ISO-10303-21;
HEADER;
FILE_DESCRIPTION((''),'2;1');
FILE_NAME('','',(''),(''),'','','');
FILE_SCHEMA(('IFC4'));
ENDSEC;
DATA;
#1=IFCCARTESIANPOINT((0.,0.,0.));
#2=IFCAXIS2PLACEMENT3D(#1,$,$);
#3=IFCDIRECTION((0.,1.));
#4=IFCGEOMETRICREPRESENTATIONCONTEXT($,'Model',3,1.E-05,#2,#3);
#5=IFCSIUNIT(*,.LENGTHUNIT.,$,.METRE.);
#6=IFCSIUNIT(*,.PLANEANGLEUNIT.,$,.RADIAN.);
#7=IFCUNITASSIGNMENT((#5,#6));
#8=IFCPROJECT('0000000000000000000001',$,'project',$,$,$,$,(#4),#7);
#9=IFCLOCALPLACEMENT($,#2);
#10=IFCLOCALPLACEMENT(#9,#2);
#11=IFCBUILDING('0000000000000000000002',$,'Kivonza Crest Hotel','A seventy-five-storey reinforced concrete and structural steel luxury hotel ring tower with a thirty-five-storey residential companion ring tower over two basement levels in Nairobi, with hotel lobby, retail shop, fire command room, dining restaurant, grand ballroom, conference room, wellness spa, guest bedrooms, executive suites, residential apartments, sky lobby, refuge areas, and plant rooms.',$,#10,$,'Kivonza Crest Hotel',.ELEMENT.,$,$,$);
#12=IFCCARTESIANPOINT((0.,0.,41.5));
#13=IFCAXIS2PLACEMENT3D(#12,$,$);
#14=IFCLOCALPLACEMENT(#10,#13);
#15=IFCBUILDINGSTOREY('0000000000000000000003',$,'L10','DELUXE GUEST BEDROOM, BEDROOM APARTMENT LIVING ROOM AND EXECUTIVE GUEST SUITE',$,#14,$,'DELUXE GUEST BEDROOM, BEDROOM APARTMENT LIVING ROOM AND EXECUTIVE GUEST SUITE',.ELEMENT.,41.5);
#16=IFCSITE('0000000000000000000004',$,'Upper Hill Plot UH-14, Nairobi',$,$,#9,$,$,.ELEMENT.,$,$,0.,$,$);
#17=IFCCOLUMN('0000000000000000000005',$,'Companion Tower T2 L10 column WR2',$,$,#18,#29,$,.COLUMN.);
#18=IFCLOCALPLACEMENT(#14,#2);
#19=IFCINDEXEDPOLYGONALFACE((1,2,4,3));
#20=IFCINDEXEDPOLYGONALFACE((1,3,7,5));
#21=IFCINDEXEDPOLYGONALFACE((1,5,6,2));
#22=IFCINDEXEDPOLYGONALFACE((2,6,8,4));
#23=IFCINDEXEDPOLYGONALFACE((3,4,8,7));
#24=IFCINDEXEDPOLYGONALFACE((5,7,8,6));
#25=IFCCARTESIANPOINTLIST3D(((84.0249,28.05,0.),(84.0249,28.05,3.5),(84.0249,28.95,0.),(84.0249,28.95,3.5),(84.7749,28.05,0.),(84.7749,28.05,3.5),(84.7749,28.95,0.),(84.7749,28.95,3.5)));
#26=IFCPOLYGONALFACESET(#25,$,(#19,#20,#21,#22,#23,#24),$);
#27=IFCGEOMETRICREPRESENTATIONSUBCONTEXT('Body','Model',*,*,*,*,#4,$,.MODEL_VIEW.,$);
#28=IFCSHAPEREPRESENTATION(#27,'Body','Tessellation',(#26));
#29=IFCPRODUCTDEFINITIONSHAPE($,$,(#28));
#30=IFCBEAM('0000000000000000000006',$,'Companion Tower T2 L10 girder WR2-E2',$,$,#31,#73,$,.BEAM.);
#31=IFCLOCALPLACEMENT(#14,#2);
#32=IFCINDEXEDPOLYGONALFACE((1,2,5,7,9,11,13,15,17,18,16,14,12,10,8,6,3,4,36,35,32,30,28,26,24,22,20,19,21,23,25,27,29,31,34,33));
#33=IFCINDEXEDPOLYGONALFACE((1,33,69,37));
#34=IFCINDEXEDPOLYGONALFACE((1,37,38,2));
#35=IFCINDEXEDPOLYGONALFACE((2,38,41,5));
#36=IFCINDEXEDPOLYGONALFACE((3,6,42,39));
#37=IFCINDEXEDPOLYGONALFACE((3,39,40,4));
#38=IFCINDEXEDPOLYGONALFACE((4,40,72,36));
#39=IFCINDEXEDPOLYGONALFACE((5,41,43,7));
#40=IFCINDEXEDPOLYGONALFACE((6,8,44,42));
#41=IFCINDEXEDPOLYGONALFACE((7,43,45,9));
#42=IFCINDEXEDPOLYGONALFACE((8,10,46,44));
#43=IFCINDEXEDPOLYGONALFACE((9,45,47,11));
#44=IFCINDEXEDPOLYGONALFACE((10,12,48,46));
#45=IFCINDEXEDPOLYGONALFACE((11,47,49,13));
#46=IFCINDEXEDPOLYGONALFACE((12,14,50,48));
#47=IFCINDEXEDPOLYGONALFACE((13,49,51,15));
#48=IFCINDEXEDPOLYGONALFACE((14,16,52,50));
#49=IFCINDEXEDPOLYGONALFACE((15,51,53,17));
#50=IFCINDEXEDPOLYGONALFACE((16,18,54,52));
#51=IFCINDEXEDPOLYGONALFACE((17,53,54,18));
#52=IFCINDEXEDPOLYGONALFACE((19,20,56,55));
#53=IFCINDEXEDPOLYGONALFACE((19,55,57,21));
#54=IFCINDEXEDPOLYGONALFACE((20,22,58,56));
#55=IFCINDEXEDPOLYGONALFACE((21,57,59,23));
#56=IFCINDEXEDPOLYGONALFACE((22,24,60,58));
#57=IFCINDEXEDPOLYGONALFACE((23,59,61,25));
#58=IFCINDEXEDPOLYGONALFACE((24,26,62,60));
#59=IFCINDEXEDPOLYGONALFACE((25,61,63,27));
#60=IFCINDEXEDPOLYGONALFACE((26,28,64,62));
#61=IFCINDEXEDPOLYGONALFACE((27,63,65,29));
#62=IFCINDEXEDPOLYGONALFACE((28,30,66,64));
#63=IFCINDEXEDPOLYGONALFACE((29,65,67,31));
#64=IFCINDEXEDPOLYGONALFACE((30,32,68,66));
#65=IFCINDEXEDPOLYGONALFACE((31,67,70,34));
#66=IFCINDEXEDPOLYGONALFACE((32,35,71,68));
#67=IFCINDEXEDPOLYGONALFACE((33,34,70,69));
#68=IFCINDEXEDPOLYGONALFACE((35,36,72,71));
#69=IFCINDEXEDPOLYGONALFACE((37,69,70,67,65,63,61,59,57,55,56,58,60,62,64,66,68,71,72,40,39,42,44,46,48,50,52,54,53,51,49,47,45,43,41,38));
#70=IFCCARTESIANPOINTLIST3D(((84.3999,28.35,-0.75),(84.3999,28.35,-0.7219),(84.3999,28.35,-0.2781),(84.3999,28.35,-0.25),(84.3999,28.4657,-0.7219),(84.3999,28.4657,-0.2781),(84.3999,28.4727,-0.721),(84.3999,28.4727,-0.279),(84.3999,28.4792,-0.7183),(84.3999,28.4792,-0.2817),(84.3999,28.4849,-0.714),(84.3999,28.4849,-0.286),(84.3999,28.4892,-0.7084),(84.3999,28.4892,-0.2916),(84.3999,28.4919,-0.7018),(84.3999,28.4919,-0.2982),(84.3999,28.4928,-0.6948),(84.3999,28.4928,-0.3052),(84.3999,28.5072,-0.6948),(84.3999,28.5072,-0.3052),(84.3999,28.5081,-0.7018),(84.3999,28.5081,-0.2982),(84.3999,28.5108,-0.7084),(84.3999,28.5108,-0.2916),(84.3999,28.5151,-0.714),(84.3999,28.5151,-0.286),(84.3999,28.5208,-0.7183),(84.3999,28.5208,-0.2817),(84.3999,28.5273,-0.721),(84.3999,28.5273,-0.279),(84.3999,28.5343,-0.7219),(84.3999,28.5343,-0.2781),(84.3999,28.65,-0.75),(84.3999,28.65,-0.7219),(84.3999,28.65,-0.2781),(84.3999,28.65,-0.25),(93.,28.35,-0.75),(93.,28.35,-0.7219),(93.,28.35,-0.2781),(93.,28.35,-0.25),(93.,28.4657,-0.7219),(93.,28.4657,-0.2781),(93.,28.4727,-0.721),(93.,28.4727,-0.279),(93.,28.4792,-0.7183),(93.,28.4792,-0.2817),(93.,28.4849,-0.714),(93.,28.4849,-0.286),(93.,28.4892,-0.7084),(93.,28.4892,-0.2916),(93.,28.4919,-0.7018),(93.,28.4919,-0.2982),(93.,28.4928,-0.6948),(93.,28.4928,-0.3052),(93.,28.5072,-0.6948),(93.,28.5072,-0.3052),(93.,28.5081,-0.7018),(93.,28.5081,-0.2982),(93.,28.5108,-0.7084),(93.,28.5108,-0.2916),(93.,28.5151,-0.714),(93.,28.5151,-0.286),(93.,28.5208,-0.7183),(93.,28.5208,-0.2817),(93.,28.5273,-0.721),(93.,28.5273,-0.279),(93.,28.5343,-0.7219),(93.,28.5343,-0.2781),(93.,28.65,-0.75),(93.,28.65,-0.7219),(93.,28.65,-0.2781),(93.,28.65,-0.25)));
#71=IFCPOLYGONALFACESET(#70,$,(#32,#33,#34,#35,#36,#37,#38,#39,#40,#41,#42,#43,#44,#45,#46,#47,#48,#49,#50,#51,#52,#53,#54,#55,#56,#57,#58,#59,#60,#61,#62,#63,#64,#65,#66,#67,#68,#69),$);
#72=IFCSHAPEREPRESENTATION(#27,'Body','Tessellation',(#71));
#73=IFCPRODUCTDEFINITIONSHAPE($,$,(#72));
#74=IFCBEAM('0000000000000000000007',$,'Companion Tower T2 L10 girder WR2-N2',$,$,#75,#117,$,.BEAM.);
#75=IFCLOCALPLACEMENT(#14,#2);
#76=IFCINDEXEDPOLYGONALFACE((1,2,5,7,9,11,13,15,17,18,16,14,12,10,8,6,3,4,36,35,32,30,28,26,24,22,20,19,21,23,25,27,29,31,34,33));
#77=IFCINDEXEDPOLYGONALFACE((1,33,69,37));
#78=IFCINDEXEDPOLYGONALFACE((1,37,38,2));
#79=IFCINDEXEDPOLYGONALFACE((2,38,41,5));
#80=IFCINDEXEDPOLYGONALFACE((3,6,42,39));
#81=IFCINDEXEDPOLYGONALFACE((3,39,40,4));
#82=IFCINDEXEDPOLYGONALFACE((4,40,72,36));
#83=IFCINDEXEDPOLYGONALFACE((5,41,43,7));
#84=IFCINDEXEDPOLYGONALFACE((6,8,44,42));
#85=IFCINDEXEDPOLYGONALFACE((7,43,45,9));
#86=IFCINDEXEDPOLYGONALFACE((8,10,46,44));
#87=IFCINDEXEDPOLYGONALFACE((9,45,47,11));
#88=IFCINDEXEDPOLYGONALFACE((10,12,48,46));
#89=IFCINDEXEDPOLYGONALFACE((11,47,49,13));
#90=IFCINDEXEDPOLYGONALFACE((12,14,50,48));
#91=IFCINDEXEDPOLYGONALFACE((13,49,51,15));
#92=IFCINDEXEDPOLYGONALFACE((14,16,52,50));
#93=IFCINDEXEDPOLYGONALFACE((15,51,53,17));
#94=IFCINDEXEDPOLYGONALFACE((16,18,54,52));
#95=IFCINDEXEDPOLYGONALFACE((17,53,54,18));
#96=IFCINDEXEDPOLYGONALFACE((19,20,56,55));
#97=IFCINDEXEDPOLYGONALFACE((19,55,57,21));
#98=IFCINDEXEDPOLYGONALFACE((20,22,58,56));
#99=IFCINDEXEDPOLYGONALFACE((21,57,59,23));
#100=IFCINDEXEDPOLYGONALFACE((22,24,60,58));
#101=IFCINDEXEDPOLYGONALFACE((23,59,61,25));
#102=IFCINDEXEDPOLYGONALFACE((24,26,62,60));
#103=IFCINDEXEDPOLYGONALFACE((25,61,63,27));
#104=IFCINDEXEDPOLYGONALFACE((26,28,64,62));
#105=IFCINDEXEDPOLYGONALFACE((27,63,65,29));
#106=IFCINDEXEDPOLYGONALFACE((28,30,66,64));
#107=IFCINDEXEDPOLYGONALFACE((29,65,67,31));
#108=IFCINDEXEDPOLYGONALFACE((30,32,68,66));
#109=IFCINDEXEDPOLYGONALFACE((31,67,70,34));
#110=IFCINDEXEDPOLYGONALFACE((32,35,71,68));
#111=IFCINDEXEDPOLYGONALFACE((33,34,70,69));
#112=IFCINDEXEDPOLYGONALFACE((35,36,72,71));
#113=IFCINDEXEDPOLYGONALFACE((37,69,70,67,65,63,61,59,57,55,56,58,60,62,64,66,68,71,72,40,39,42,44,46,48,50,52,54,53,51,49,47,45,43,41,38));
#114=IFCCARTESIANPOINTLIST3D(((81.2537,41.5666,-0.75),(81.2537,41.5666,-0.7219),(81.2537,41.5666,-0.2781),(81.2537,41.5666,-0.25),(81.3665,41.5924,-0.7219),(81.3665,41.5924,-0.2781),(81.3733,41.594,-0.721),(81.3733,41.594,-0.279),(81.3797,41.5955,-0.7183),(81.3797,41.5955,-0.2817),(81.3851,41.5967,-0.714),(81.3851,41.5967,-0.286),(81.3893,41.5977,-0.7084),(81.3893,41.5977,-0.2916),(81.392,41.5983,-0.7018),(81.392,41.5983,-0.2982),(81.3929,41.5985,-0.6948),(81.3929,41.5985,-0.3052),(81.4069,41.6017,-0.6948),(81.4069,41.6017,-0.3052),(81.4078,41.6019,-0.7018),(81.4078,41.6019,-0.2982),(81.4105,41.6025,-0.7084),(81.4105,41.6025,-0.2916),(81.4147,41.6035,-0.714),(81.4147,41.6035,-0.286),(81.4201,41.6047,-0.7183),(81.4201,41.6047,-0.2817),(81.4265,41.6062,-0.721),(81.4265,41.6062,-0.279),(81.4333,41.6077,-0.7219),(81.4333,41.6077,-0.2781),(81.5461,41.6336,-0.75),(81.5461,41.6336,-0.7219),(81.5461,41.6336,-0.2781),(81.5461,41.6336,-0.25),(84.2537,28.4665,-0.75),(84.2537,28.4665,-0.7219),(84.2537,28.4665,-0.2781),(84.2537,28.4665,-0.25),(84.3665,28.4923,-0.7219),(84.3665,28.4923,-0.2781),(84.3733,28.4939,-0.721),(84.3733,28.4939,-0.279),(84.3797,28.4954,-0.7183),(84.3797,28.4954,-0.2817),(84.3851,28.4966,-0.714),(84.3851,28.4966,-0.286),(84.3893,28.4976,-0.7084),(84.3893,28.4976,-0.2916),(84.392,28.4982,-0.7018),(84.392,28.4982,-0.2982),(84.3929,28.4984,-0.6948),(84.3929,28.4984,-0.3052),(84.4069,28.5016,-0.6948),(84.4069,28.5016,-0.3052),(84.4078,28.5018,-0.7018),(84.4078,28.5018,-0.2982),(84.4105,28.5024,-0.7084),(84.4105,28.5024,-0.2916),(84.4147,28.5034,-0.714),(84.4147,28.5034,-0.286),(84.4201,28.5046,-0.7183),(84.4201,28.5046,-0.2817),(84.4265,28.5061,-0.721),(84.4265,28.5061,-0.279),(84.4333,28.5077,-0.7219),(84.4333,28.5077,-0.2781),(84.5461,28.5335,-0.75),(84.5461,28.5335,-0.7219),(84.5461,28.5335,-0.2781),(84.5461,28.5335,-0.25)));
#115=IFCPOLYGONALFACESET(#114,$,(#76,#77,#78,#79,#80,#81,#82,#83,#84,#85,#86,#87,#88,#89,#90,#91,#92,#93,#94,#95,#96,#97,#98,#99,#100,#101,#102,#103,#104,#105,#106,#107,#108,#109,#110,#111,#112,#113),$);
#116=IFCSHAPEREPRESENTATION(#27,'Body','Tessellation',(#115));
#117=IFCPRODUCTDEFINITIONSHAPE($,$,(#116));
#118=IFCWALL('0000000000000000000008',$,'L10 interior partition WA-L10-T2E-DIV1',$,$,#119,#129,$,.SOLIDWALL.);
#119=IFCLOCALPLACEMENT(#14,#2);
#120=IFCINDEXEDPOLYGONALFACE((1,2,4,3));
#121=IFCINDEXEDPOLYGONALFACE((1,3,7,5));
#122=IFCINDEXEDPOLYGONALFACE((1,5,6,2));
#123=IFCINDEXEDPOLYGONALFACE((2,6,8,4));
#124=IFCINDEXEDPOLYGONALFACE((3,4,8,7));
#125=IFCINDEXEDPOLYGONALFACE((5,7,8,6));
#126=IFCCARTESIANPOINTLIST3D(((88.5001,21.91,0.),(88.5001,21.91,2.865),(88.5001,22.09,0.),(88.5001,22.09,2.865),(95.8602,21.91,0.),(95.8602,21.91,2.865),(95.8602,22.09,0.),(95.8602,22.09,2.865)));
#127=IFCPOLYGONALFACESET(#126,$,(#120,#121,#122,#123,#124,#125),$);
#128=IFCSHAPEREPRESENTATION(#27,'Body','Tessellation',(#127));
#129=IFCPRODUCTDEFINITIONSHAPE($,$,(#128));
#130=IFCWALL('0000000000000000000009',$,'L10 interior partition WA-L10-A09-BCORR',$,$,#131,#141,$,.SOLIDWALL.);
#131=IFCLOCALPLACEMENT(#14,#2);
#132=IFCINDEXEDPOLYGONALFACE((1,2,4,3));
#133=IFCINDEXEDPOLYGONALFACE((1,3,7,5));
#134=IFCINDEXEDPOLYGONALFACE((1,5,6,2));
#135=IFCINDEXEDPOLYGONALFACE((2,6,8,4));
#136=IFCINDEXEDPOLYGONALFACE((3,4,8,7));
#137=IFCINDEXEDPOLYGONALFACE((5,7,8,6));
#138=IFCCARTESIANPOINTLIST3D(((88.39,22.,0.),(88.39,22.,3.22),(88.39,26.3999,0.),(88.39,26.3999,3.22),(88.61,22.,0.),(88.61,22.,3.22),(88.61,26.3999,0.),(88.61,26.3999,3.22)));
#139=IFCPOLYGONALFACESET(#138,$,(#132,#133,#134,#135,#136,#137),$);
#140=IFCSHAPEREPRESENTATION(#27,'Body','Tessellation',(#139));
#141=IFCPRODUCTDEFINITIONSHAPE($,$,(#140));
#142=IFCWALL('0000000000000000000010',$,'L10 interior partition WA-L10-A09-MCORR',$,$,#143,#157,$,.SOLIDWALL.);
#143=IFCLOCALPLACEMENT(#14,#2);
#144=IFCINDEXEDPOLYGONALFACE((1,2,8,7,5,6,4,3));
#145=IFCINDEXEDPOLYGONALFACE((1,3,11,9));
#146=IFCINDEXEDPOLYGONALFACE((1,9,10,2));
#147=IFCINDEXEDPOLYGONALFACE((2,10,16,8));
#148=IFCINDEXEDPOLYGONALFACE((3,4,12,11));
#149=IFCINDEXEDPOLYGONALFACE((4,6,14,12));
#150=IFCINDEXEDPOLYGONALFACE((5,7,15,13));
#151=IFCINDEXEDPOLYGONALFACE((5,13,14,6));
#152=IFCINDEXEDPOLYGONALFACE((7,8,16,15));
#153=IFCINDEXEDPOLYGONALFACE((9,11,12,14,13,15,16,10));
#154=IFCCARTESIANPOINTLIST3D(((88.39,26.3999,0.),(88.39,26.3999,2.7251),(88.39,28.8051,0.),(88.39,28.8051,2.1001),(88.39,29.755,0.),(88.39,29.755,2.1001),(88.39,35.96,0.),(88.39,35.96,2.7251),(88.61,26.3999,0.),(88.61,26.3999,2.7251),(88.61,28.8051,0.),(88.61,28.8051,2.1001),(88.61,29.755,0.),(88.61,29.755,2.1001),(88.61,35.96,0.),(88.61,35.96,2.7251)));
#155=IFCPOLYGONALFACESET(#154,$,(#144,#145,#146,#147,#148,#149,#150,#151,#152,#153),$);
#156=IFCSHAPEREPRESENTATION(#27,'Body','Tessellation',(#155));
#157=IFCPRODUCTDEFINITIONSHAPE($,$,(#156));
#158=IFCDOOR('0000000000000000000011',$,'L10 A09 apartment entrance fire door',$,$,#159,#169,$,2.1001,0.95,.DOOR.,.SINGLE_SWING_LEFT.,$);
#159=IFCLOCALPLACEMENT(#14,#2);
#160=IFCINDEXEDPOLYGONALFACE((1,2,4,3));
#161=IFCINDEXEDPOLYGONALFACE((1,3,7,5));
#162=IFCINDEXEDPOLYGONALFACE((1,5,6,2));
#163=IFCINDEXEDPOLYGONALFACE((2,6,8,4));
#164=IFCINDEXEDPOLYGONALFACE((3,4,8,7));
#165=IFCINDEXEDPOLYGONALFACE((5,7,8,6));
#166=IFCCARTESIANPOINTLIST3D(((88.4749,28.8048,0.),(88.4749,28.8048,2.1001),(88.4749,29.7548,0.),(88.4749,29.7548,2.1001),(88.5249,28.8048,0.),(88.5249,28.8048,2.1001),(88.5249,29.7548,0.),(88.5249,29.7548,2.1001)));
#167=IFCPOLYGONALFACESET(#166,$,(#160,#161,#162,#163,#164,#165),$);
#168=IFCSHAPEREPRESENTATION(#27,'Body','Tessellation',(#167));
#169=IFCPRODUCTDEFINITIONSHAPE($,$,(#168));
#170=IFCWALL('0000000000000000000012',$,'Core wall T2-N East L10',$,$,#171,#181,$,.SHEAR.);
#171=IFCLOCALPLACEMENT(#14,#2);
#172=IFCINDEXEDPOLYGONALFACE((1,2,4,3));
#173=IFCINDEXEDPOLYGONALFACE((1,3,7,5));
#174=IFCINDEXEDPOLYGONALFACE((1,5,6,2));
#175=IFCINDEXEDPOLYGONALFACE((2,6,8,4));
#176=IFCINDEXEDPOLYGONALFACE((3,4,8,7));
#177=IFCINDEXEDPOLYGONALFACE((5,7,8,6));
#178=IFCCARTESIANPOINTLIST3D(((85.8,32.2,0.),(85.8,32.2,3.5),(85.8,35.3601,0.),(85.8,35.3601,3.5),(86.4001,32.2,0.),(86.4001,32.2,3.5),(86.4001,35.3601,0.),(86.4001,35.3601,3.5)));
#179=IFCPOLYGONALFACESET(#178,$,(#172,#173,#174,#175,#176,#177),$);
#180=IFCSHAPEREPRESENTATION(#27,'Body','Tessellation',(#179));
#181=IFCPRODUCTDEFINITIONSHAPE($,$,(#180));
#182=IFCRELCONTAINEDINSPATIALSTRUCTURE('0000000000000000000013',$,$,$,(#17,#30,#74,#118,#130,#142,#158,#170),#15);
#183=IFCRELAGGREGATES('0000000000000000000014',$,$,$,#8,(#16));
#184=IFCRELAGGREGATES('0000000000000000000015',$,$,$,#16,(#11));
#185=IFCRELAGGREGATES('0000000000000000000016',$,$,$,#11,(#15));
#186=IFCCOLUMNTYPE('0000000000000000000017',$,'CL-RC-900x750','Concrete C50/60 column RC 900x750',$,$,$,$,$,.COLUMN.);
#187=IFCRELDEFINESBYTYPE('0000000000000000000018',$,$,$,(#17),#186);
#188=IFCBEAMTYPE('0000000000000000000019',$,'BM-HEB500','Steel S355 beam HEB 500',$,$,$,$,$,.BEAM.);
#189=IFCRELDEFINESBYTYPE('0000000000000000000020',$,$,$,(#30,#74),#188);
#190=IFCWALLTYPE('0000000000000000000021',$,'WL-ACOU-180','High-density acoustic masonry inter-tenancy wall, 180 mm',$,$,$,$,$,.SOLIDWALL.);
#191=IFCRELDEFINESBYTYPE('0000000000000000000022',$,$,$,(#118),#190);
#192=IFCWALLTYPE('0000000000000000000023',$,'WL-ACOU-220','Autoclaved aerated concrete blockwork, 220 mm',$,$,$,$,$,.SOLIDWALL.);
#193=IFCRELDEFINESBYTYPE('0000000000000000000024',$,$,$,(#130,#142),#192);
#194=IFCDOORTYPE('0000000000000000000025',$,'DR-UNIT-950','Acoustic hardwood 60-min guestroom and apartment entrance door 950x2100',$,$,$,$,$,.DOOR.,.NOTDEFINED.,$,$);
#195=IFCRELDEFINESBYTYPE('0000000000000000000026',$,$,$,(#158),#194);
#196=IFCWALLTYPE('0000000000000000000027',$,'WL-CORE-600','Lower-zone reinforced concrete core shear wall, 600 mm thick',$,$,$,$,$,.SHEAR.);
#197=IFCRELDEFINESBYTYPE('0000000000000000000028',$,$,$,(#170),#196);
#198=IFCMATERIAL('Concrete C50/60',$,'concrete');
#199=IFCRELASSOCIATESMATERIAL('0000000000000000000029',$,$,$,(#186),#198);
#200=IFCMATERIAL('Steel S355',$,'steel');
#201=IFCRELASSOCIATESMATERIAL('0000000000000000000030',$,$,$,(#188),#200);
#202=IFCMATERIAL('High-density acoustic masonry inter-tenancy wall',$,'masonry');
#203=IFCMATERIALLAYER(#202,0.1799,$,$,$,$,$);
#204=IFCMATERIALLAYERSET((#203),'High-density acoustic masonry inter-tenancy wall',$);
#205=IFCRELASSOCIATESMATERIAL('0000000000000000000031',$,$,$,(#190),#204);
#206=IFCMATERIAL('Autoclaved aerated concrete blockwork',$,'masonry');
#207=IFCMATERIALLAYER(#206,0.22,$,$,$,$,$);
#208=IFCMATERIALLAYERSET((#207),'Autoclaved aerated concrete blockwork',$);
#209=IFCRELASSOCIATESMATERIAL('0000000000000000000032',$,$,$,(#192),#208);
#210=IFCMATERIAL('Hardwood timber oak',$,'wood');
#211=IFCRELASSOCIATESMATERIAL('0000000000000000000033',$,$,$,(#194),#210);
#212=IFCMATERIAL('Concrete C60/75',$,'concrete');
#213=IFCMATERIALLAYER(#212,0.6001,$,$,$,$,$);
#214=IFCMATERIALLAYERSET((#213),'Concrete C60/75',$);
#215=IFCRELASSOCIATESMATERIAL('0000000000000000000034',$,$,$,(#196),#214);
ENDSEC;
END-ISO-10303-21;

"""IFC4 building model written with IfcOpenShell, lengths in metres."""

from ifc_helpers import new_model, si_unit, direction, frame, frame_2d, origin, origin_2d, place, context, subcontext, project, spatial, rectangle, i_section, extrude, material, layer, layer_set, material_profile, profile_set, type_object, element, fill, save


model = new_model("IFC4")

# Units and contexts
model_context = context("Model", 3, precision=1e-05, world=origin(), true_north=direction((0.0, 1.0)))
body_context = subcontext(model_context, "Body", "Model", "MODEL_VIEW")
ifc_project = project(units=[si_unit("LENGTHUNIT", "METRE"), si_unit("PLANEANGLEUNIT", "RADIAN")], contexts=[model_context])

# Site, building, storey
site_placement = place(None, origin())
site = spatial("IfcSite", under=ifc_project, at=site_placement, Name="Upper Hill Plot UH-14, Nairobi", CompositionType="ELEMENT", RefElevation=0.0)
building_placement = place(site_placement, origin())
building = spatial("IfcBuilding", under=site, at=building_placement, Name="Kivonza Crest Hotel", Description="A seventy-five-storey reinforced concrete and structural steel luxury hotel ring tower with a thirty-five-storey residential companion ring tower over two basement levels in Nairobi, with hotel lobby, retail shop, fire command room, dining restaurant, grand ballroom, conference room, wellness spa, guest bedrooms, executive suites, residential apartments, sky lobby, refuge areas, and plant rooms.", LongName="Kivonza Crest Hotel", CompositionType="ELEMENT")
storey_placement = place(building_placement, frame((0.0, 0.0, 41.5)))
storey = spatial("IfcBuildingStorey", under=building, at=storey_placement, Name="L10", Description="DELUXE GUEST BEDROOM, BEDROOM APARTMENT LIVING ROOM AND EXECUTIVE GUEST SUITE", LongName="DELUXE GUEST BEDROOM, BEDROOM APARTMENT LIVING ROOM AND EXECUTIVE GUEST SUITE", CompositionType="ELEMENT", Elevation=41.5)

# Column
ifc_material_1 = material(Name="Concrete C50/60", Category="concrete")
ifc_material_profile_1 = material_profile(ifc_material_1, rectangle(XDim=0.75, YDim=0.8999, at=origin_2d()), Name="RC 900x750")
ifc_profile_set_1 = profile_set([ifc_material_profile_1], Name="Concrete C50/60")
column_type = type_object("IfcColumnType", Name="CL-RC-900x750", Description="Concrete C50/60 column RC 900x750", PredefinedType="COLUMN", material=ifc_profile_set_1)
column_placement = place(storey_placement, frame((84.3999, 28.5, 0.0), z_axis=(0.0, 0.0, 1.0), x_axis=(1.0, 0.0, 0.0)))
element("IfcColumn", 1, at=column_placement, inside=storey, type_object=column_type, Name="Companion Tower T2 L10 column WR2", PredefinedType="COLUMN", context=body_context, shape_type="SweptSolid", body=[
    extrude(rectangle(XDim=0.75, YDim=0.8999, at=origin_2d()), origin(), (0.0, 0.0, 1.0), 3.5),
])

# Beams
ifc_material_2 = material(Name="Steel S355", Category="steel")
ifc_material_profile_2 = material_profile(ifc_material_2, i_section(OverallWidth=0.3, OverallDepth=0.5, WebThickness=0.0144, FlangeThickness=0.0281, FilletRadius=0.0271, at=origin_2d()), Name="HEB 500")
ifc_profile_set_2 = profile_set([ifc_material_profile_2], Name="Steel S355")
beam_type = type_object("IfcBeamType", Name="BM-HEB500", Description="Steel S355 beam HEB 500", PredefinedType="BEAM", material=ifc_profile_set_2)
beam_1_placement = place(storey_placement, frame((84.3999, 28.5, -0.5), z_axis=(1.0, 0.0, 0.0), x_axis=(0.0, 1.0, 0.0)))
element("IfcBeam", 2, at=beam_1_placement, inside=storey, type_object=beam_type, Name="Companion Tower T2 L10 girder WR2-E2", PredefinedType="BEAM", context=body_context, shape_type="SweptSolid", body=[
    extrude(i_section(OverallWidth=0.3, OverallDepth=0.5, WebThickness=0.0144, FlangeThickness=0.0281, FilletRadius=0.0271, at=origin_2d()), origin(), (0.0, 0.0, 1.0), 8.6001),
])
beam_2_placement = place(storey_placement, frame((84.3999, 28.5, -0.5), z_axis=(-0.223227, 0.974766, 0.0), x_axis=(-0.974766, -0.223227, 0.0)))
element("IfcBeam", 3, at=beam_2_placement, inside=storey, type_object=beam_type, Name="Companion Tower T2 L10 girder WR2-N2", PredefinedType="BEAM", context=body_context, shape_type="SweptSolid", body=[
    extrude(i_section(OverallWidth=0.3, OverallDepth=0.5, WebThickness=0.0144, FlangeThickness=0.0281, FilletRadius=0.0271, at=origin_2d()), origin(), (0.0, 0.0, 1.0), 13.4392),
])

# Walls
ifc_material_3 = material(Name="High-density acoustic masonry inter-tenancy wall", Category="masonry")
ifc_layer_1 = layer(ifc_material_3, 0.1799)
ifc_layer_set_1 = layer_set([ifc_layer_1], Name="High-density acoustic masonry inter-tenancy wall")
wall_type_1 = type_object("IfcWallType", Name="WL-ACOU-180", Description="High-density acoustic masonry inter-tenancy wall, 180 mm", PredefinedType="SOLIDWALL", material=ifc_layer_set_1)
wall_1_placement = place(storey_placement, frame((88.5, 22.0, 0.0), z_axis=(0.0, 0.0, 1.0), x_axis=(1.0, 0.0, 0.0)))
element("IfcWall", 4, at=wall_1_placement, inside=storey, type_object=wall_type_1, Name="L10 interior partition WA-L10-T2E-DIV1", PredefinedType="SOLIDWALL", context=body_context, shape_type="SweptSolid", body=[
    extrude(rectangle(XDim=7.3601, YDim=0.1799, at=frame_2d((3.6802, 0.0))), origin(), (0.0, 0.0, 1.0), 2.865),
])
ifc_material_4 = material(Name="Autoclaved aerated concrete blockwork", Category="masonry")
ifc_layer_2 = layer(ifc_material_4, 0.22)
ifc_layer_set_2 = layer_set([ifc_layer_2], Name="Autoclaved aerated concrete blockwork")
wall_type_2 = type_object("IfcWallType", Name="WL-ACOU-220", Description="Autoclaved aerated concrete blockwork, 220 mm", PredefinedType="SOLIDWALL", material=ifc_layer_set_2)
wall_2_placement = place(storey_placement, frame((88.5, 22.0, 0.0), z_axis=(0.0, 0.0, 1.0), x_axis=(0.0, 1.0, 0.0)))
element("IfcWall", 5, at=wall_2_placement, inside=storey, type_object=wall_type_2, Name="L10 interior partition WA-L10-A09-BCORR", PredefinedType="SOLIDWALL", context=body_context, shape_type="SweptSolid", body=[
    extrude(rectangle(XDim=4.3999, YDim=0.22, at=frame_2d((2.2, 0.0))), origin(), (0.0, 0.0, 1.0), 3.22),
])

# Wall, opening, door
wall_3_placement = place(storey_placement, frame((88.5, 26.3999, 0.0), z_axis=(0.0, 0.0, 1.0), x_axis=(0.0, 1.0, 0.0)))
wall_3 = element("IfcWall", 6, at=wall_3_placement, inside=storey, type_object=wall_type_2, Name="L10 interior partition WA-L10-A09-MCORR", PredefinedType="SOLIDWALL", context=body_context, shape_type="SweptSolid", body=[
    extrude(rectangle(XDim=9.5601, YDim=0.22, at=frame_2d((4.78, 0.0))), origin(), (0.0, 0.0, 1.0), 2.7251),
])
opening_1_placement = place(wall_3_placement, frame((2.405, 0.0, 0.0)))
opening_1 = element("IfcOpeningElement", 7, at=opening_1_placement, cuts=wall_3, PredefinedType="OPENING", context=body_context, shape_type="SweptSolid", body=[
    extrude(rectangle(XDim=0.95, YDim=2.1001, at=frame_2d((0.4751, 1.05))), frame((0.0, 0.1201, 0.0), z_axis=(0.0, -1.0, 0.0), x_axis=(1.0, 0.0, 0.0)), (0.0, 0.0, 1.0), 0.24),
])
ifc_material_5 = material(Name="Hardwood timber oak", Category="wood")
door_type_1 = type_object("IfcDoorType", Name="DR-UNIT-950", Description="Acoustic hardwood 60-min guestroom and apartment entrance door 950x2100", OperationType="NOTDEFINED", PredefinedType="DOOR", material=ifc_material_5)
door_1_placement = place(opening_1_placement, frame((0.95, 0.0, 0.0), z_axis=(0.0, 0.0, 1.0), x_axis=(-1.0, 0.0, 0.0)))
door_1 = element("IfcDoor", 8, at=door_1_placement, inside=storey, type_object=door_type_1, Name="L10 A09 apartment entrance fire door", OperationType="SINGLE_SWING_LEFT", OverallHeight=2.1001, OverallWidth=0.95, PredefinedType="DOOR", context=body_context, shape_type="SweptSolid", body=[
    extrude(rectangle(XDim=0.95, YDim=2.1001, at=frame_2d((0.4751, 1.05))), frame((0.0, 0.0249, 0.0), z_axis=(0.0, -1.0, 0.0), x_axis=(1.0, 0.0, 0.0)), (0.0, 0.0, 1.0), 0.05),
])
fill(opening_1, door_1)

# Wall
ifc_material_6 = material(Name="Concrete C60/75", Category="concrete")
ifc_layer_3 = layer(ifc_material_6, 0.6001)
ifc_layer_set_3 = layer_set([ifc_layer_3], Name="Concrete C60/75")
wall_type_3 = type_object("IfcWallType", Name="WL-CORE-600", Description="Lower-zone reinforced concrete core shear wall, 600 mm thick", PredefinedType="SHEAR", material=ifc_layer_set_3)
wall_4_placement = place(storey_placement, frame((86.1001, 32.2, 0.0), z_axis=(0.0, 0.0, 1.0), x_axis=(0.0, 1.0, 0.0)))
element("IfcWall", 9, at=wall_4_placement, inside=storey, type_object=wall_type_3, Name="Core wall T2-N East L10", PredefinedType="SHEAR", context=body_context, shape_type="SweptSolid", body=[
    extrude(rectangle(XDim=3.1602, YDim=0.6001, at=frame_2d((1.5801, 0.0))), origin(), (0.0, 0.0, 1.0), 3.5),
])

save(model, "model.ifc")
